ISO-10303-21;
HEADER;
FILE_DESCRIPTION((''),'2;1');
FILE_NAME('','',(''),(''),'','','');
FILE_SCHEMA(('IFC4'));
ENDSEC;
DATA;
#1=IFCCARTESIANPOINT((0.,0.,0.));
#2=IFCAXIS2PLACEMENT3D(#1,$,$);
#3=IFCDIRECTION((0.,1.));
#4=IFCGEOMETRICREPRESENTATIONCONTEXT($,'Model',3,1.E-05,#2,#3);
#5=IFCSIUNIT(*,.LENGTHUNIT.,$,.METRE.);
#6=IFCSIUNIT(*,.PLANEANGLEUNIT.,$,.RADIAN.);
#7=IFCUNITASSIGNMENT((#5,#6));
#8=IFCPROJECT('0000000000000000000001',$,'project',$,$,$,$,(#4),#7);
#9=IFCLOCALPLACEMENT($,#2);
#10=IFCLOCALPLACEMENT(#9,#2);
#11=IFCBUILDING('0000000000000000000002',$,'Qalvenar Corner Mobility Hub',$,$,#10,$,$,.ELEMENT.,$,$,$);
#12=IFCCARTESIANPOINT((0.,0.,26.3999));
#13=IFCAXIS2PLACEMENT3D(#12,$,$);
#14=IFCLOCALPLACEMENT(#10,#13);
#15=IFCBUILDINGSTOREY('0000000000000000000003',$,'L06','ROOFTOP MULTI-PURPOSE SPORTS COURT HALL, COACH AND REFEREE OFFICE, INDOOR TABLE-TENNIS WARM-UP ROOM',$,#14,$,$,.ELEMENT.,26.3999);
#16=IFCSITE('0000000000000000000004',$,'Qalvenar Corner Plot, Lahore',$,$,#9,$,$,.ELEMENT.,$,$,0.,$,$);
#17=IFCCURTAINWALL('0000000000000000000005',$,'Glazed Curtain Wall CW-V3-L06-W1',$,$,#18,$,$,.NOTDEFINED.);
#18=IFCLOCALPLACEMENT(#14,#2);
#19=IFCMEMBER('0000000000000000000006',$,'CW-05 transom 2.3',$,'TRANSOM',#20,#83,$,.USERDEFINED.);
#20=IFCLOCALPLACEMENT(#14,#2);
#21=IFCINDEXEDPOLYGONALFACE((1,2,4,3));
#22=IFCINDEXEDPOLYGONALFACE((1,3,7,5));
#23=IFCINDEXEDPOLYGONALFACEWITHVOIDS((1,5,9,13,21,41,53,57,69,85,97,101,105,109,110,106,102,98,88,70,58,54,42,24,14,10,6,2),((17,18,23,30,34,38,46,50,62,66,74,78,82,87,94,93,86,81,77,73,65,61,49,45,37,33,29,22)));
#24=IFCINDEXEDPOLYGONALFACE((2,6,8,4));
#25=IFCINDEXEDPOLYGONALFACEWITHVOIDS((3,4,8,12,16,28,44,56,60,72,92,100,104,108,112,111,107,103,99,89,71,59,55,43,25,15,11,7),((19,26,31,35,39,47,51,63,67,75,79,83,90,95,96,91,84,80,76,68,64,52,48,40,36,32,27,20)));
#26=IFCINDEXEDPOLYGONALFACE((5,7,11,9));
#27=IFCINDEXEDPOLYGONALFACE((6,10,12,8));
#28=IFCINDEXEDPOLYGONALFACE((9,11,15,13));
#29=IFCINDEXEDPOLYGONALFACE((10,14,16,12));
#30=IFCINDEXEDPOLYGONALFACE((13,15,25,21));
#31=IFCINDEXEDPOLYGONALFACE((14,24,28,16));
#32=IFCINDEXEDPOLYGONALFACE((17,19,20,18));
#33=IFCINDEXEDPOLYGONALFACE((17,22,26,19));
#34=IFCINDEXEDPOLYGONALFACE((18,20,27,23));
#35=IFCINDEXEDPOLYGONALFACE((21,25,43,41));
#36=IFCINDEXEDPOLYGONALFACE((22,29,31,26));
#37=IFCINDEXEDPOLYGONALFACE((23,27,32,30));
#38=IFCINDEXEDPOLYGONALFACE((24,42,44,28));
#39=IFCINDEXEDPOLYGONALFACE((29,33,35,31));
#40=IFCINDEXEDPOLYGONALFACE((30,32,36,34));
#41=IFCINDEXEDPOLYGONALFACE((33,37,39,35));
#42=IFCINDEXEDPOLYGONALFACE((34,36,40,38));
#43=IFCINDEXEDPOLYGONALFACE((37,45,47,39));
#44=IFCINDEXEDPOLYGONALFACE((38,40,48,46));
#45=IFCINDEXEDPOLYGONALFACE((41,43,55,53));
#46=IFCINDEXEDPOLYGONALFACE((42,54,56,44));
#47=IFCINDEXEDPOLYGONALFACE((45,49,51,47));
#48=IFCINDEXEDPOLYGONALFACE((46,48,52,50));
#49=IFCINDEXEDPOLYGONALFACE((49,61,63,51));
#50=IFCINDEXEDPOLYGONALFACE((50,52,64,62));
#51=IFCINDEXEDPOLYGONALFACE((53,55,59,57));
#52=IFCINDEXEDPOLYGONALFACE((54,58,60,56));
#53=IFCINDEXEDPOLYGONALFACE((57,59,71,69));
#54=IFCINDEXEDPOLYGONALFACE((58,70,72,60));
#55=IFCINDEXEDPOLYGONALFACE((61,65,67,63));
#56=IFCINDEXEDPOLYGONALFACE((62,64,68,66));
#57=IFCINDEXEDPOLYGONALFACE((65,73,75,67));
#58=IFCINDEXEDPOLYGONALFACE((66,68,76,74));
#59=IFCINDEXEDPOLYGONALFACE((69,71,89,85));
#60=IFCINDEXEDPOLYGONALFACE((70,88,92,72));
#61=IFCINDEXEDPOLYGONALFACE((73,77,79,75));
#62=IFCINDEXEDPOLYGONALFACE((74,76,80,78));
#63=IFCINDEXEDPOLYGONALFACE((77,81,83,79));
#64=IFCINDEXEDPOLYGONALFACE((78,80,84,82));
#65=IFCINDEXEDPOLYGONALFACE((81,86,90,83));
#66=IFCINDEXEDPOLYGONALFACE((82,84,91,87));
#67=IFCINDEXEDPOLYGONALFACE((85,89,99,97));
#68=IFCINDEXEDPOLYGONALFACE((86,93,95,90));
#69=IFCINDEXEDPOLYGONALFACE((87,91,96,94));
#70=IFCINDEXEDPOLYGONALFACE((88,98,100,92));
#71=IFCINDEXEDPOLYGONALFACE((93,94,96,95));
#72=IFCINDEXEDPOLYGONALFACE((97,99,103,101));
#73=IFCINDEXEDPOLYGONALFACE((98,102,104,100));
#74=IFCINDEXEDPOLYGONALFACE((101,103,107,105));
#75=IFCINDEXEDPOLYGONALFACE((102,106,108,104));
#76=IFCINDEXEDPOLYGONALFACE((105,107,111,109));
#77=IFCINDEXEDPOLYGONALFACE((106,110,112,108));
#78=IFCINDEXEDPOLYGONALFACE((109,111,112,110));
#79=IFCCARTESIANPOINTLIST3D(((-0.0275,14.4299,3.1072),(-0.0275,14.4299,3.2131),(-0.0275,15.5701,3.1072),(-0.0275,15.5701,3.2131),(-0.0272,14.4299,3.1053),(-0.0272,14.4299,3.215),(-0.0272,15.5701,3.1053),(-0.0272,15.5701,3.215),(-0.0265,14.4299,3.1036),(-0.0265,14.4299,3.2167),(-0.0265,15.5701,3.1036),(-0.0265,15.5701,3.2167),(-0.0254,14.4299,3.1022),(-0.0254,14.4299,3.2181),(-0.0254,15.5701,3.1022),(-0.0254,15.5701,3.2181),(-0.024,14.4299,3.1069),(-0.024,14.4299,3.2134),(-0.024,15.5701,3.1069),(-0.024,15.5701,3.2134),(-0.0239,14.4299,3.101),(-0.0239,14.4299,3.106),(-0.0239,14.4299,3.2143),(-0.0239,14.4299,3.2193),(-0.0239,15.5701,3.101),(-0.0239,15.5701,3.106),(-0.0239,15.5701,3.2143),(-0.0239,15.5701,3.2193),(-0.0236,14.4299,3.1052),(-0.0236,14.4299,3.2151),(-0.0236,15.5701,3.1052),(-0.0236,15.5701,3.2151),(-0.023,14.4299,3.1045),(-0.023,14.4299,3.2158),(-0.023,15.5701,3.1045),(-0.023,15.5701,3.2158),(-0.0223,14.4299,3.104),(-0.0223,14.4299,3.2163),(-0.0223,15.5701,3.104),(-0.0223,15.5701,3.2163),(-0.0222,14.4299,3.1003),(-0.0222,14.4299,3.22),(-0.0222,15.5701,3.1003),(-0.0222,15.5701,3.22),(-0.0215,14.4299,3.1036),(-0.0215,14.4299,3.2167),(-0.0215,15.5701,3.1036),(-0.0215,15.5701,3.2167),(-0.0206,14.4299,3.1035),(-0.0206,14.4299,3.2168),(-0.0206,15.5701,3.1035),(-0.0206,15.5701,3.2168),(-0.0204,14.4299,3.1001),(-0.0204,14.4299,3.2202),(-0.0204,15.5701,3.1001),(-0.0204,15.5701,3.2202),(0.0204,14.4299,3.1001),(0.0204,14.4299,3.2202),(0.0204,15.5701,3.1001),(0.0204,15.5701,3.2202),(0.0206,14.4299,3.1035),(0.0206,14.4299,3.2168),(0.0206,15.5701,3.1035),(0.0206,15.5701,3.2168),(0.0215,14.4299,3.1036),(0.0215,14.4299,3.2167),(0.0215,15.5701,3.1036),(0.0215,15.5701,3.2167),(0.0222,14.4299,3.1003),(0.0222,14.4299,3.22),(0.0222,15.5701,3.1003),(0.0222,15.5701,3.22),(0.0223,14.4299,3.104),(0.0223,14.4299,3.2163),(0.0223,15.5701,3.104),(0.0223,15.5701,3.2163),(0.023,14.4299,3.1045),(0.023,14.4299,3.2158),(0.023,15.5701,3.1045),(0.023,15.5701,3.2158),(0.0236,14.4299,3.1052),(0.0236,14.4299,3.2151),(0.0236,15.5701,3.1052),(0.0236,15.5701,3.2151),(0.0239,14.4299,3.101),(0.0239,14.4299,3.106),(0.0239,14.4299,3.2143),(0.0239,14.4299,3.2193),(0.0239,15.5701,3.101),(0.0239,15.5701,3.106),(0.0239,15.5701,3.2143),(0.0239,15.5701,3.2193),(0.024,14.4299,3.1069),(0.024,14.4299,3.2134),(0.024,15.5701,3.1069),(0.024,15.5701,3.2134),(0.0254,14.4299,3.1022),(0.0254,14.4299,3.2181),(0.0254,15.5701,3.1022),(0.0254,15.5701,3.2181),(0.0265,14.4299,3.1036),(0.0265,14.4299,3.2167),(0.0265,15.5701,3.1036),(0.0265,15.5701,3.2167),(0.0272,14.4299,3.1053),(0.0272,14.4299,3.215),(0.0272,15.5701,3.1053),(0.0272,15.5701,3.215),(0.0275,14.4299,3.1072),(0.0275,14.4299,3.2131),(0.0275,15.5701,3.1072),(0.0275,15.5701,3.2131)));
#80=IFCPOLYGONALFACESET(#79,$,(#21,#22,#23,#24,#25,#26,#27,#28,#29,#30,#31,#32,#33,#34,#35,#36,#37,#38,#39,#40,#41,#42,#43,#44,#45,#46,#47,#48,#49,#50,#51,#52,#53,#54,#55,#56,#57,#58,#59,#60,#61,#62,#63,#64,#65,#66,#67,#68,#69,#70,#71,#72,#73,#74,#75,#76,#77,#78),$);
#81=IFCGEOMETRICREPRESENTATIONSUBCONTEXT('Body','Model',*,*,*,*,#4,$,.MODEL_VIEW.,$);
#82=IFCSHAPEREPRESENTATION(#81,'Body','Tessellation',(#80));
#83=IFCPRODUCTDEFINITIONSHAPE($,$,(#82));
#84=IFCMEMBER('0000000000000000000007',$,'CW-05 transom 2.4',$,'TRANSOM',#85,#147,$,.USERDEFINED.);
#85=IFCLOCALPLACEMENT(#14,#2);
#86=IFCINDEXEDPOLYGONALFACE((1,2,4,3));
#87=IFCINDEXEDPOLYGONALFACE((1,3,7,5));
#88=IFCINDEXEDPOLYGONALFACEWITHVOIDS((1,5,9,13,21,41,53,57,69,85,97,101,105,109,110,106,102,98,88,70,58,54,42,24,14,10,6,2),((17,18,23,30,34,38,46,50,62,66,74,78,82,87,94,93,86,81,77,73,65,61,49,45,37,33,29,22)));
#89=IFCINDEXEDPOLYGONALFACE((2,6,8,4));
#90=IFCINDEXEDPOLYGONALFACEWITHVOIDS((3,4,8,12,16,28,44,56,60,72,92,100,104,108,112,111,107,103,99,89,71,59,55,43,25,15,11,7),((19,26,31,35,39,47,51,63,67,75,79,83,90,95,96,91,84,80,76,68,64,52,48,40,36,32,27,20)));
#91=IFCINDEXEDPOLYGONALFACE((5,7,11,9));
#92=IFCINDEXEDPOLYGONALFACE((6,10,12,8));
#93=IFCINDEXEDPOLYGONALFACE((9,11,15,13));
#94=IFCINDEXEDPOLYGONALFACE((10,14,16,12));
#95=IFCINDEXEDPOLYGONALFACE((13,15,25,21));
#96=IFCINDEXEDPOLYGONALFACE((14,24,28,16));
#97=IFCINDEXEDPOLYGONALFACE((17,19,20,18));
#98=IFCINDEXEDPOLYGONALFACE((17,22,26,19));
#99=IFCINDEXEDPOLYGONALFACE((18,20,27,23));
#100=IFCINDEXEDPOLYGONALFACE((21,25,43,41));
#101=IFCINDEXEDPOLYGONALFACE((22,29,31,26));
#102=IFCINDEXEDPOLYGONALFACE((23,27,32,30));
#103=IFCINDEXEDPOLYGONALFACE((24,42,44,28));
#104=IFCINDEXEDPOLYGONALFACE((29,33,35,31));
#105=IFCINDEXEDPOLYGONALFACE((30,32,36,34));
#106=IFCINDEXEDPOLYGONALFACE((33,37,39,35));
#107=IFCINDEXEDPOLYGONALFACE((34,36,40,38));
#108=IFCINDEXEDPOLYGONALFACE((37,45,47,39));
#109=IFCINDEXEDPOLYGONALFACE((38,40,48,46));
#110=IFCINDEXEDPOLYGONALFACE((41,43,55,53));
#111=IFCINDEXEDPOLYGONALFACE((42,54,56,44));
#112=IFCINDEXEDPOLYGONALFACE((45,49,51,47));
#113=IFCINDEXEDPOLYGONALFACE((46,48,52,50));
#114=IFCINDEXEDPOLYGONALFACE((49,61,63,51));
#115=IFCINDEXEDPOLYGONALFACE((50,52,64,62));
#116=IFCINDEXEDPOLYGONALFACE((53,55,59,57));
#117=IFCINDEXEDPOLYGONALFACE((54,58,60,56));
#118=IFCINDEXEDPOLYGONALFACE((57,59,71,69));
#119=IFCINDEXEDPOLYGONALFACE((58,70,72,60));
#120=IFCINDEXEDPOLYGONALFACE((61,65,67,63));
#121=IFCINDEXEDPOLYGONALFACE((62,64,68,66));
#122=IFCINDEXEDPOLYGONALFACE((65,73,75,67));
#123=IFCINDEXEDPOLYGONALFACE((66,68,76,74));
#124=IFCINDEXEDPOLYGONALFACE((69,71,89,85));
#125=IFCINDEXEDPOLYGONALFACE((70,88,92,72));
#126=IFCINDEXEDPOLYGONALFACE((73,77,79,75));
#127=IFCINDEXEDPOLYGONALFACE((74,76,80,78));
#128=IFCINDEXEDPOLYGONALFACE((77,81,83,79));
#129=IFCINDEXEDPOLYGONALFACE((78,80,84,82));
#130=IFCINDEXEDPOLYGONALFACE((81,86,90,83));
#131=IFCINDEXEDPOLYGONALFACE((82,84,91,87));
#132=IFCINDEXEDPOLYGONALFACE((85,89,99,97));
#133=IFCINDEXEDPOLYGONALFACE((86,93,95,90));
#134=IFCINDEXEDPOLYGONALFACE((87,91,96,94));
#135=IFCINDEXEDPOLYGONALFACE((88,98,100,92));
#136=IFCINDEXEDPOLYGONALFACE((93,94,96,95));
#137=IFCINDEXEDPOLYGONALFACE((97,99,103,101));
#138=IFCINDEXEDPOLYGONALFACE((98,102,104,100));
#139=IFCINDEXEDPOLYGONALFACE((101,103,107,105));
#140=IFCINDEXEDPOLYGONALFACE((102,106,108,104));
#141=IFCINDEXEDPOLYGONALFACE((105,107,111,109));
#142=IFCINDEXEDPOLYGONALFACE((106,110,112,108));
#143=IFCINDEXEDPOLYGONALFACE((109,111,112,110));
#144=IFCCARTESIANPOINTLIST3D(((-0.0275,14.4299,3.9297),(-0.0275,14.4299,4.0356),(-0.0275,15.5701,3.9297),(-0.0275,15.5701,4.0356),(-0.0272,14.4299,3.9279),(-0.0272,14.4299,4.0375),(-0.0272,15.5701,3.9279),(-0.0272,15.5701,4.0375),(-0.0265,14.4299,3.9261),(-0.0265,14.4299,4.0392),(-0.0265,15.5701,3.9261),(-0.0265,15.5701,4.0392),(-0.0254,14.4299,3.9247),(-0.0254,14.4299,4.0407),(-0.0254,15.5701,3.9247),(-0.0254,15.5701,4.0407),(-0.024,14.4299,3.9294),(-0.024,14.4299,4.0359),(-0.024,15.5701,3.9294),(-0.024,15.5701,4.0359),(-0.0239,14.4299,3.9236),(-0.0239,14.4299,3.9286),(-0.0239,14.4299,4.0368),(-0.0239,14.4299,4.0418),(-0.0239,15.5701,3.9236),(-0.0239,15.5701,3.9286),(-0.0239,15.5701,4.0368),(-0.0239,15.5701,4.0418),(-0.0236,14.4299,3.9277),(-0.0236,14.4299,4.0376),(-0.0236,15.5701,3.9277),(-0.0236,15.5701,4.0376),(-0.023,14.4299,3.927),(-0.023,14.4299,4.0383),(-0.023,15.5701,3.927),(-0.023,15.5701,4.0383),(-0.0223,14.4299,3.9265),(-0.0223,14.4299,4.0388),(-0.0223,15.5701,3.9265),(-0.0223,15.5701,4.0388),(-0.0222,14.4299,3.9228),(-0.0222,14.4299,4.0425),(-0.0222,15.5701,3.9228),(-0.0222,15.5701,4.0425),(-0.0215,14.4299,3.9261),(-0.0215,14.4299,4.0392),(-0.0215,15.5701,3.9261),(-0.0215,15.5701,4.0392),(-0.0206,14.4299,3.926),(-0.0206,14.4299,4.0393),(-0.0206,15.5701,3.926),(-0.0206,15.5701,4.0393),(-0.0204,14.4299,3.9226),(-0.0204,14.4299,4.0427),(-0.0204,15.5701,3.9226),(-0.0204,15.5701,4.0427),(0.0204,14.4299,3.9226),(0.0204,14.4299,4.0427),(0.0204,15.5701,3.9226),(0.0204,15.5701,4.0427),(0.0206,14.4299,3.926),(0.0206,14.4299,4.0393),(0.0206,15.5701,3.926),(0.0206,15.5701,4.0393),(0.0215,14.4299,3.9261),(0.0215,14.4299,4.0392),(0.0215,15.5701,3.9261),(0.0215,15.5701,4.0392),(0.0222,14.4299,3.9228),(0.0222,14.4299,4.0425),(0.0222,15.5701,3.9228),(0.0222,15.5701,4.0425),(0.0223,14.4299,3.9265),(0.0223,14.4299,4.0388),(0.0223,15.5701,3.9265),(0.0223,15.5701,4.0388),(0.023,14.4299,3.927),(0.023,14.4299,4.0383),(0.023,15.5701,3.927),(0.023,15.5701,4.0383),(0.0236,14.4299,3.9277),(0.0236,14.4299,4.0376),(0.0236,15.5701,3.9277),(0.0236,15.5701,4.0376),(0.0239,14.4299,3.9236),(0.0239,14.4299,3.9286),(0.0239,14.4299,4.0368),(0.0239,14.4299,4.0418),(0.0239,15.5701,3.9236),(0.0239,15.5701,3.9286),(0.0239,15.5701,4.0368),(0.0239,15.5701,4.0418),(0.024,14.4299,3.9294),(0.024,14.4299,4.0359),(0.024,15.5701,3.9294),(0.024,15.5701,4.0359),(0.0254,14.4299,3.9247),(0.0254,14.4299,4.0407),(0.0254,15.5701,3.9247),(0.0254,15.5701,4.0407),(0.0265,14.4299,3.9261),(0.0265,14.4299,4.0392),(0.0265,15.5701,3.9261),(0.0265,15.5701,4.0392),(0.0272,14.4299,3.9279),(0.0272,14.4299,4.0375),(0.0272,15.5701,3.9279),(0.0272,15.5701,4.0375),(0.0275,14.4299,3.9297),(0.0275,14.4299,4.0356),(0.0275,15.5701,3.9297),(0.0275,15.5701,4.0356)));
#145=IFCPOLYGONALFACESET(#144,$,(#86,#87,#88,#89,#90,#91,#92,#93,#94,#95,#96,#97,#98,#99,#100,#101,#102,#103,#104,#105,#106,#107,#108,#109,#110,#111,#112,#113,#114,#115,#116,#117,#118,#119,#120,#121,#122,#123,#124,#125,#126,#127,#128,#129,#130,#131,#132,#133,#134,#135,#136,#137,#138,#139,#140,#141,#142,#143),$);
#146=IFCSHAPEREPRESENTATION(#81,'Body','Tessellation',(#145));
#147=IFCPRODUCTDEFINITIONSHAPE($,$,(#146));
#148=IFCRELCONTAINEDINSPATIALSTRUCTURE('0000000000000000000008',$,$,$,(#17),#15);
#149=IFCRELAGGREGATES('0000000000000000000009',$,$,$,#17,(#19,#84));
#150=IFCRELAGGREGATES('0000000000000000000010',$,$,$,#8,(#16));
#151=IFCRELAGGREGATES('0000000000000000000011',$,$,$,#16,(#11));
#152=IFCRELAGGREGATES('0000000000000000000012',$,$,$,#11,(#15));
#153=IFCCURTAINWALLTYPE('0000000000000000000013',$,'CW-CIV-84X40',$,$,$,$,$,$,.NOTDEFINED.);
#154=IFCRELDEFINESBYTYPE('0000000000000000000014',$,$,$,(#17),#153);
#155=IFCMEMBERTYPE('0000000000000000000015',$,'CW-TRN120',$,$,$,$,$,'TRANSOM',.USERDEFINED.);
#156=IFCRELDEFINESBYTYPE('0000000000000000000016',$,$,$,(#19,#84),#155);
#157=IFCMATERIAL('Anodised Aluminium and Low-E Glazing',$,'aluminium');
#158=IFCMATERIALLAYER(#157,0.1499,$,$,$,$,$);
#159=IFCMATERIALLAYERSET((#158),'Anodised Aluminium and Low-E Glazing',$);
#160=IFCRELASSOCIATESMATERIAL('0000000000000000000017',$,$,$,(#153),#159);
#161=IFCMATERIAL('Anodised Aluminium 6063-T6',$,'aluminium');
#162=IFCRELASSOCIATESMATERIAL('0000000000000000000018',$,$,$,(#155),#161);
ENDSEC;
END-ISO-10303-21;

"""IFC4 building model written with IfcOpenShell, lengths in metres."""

from ifc_helpers import new_model, si_unit, direction, frame, origin, origin_2d, place, context, subcontext, project, spatial, hollow_rectangle, extrude, material, layer, layer_set, material_profile, profile_set, type_object, element, aggregate, save


model = new_model("IFC4")

# Units and contexts
model_context = context("Model", 3, precision=1e-05, world=origin(), true_north=direction((0.0, 1.0)))
body_context = subcontext(model_context, "Body", "Model", "MODEL_VIEW")
ifc_project = project(units=[si_unit("LENGTHUNIT", "METRE"), si_unit("PLANEANGLEUNIT", "RADIAN")], contexts=[model_context])

# Site, building, storey
site_placement = place(None, origin())
site = spatial("IfcSite", under=ifc_project, at=site_placement, Name="Qalvenar Corner Plot, Lahore", CompositionType="ELEMENT", RefElevation=0.0)
building_placement = place(site_placement, origin())
building = spatial("IfcBuilding", under=site, at=building_placement, Name="Qalvenar Corner Mobility Hub", CompositionType="ELEMENT")
storey_placement = place(building_placement, frame((0.0, 0.0, 26.3999)))
storey = spatial("IfcBuildingStorey", under=building, at=storey_placement, Name="L06", Description="ROOFTOP MULTI-PURPOSE SPORTS COURT HALL, COACH AND REFEREE OFFICE, INDOOR TABLE-TENNIS WARM-UP ROOM", CompositionType="ELEMENT", Elevation=26.3999)

# Curtain wall, members
ifc_material_1 = material(Name="Anodised Aluminium and Low-E Glazing", Category="aluminium")
ifc_material_2 = material(Name="Anodised Aluminium 6063-T6", Category="aluminium")
ifc_layer_1 = layer(ifc_material_1, 0.1499)
ifc_layer_set_1 = layer_set([ifc_layer_1], Name="Anodised Aluminium and Low-E Glazing")
curtain_wall_type_1 = type_object("IfcCurtainWallType", Name="CW-CIV-84X40", PredefinedType="NOTDEFINED", material=ifc_layer_set_1)
curtain_wall_1_placement = place(storey_placement, origin())
curtain_wall_1 = element("IfcCurtainWall", 1, at=curtain_wall_1_placement, inside=storey, type_object=curtain_wall_type_1, Name="Glazed Curtain Wall CW-V3-L06-W1", PredefinedType="NOTDEFINED")
ifc_material_profile_1 = material_profile(ifc_material_2, hollow_rectangle(XDim=0.0549, YDim=0.1201, WallThickness=0.0034, InnerFilletRadius=0.0034, OuterFilletRadius=0.0071, at=origin_2d()), Name="RHS120x55x3.5")
ifc_profile_set_1 = profile_set([ifc_material_profile_1], Name="Anodised Aluminium 6063-T6")
member_type_1 = type_object("IfcMemberType", Name="CW-TRN120", ElementType="TRANSOM", PredefinedType="USERDEFINED", material=ifc_profile_set_1)
member_1_placement = place(storey_placement, frame((0.0, 15.5701, 3.1602), z_axis=(0.0, -1.0, 0.0), x_axis=(1.0, 0.0, 0.0)))
member_1 = element("IfcMember", 2, at=member_1_placement, type_object=member_type_1, Name="CW-05 transom 2.3", ObjectType="TRANSOM", PredefinedType="USERDEFINED", context=body_context, shape_type="SweptSolid", body=[
    extrude(hollow_rectangle(XDim=0.0549, YDim=0.1201, WallThickness=0.0034, InnerFilletRadius=0.0034, OuterFilletRadius=0.0071, at=origin_2d()), origin(), (0.0, 0.0, 1.0), 1.1401),
])
member_2_placement = place(storey_placement, frame((0.0, 15.5701, 3.9827), z_axis=(0.0, -1.0, 0.0), x_axis=(1.0, 0.0, 0.0)))
member_2 = element("IfcMember", 3, at=member_2_placement, type_object=member_type_1, Name="CW-05 transom 2.4", ObjectType="TRANSOM", PredefinedType="USERDEFINED", context=body_context, shape_type="SweptSolid", body=[
    extrude(hollow_rectangle(XDim=0.0549, YDim=0.1201, WallThickness=0.0034, InnerFilletRadius=0.0034, OuterFilletRadius=0.0071, at=origin_2d()), origin(), (0.0, 0.0, 1.0), 1.1401),
])

aggregate(curtain_wall_1, [member_1, member_2])

save(model, "model.ifc")
